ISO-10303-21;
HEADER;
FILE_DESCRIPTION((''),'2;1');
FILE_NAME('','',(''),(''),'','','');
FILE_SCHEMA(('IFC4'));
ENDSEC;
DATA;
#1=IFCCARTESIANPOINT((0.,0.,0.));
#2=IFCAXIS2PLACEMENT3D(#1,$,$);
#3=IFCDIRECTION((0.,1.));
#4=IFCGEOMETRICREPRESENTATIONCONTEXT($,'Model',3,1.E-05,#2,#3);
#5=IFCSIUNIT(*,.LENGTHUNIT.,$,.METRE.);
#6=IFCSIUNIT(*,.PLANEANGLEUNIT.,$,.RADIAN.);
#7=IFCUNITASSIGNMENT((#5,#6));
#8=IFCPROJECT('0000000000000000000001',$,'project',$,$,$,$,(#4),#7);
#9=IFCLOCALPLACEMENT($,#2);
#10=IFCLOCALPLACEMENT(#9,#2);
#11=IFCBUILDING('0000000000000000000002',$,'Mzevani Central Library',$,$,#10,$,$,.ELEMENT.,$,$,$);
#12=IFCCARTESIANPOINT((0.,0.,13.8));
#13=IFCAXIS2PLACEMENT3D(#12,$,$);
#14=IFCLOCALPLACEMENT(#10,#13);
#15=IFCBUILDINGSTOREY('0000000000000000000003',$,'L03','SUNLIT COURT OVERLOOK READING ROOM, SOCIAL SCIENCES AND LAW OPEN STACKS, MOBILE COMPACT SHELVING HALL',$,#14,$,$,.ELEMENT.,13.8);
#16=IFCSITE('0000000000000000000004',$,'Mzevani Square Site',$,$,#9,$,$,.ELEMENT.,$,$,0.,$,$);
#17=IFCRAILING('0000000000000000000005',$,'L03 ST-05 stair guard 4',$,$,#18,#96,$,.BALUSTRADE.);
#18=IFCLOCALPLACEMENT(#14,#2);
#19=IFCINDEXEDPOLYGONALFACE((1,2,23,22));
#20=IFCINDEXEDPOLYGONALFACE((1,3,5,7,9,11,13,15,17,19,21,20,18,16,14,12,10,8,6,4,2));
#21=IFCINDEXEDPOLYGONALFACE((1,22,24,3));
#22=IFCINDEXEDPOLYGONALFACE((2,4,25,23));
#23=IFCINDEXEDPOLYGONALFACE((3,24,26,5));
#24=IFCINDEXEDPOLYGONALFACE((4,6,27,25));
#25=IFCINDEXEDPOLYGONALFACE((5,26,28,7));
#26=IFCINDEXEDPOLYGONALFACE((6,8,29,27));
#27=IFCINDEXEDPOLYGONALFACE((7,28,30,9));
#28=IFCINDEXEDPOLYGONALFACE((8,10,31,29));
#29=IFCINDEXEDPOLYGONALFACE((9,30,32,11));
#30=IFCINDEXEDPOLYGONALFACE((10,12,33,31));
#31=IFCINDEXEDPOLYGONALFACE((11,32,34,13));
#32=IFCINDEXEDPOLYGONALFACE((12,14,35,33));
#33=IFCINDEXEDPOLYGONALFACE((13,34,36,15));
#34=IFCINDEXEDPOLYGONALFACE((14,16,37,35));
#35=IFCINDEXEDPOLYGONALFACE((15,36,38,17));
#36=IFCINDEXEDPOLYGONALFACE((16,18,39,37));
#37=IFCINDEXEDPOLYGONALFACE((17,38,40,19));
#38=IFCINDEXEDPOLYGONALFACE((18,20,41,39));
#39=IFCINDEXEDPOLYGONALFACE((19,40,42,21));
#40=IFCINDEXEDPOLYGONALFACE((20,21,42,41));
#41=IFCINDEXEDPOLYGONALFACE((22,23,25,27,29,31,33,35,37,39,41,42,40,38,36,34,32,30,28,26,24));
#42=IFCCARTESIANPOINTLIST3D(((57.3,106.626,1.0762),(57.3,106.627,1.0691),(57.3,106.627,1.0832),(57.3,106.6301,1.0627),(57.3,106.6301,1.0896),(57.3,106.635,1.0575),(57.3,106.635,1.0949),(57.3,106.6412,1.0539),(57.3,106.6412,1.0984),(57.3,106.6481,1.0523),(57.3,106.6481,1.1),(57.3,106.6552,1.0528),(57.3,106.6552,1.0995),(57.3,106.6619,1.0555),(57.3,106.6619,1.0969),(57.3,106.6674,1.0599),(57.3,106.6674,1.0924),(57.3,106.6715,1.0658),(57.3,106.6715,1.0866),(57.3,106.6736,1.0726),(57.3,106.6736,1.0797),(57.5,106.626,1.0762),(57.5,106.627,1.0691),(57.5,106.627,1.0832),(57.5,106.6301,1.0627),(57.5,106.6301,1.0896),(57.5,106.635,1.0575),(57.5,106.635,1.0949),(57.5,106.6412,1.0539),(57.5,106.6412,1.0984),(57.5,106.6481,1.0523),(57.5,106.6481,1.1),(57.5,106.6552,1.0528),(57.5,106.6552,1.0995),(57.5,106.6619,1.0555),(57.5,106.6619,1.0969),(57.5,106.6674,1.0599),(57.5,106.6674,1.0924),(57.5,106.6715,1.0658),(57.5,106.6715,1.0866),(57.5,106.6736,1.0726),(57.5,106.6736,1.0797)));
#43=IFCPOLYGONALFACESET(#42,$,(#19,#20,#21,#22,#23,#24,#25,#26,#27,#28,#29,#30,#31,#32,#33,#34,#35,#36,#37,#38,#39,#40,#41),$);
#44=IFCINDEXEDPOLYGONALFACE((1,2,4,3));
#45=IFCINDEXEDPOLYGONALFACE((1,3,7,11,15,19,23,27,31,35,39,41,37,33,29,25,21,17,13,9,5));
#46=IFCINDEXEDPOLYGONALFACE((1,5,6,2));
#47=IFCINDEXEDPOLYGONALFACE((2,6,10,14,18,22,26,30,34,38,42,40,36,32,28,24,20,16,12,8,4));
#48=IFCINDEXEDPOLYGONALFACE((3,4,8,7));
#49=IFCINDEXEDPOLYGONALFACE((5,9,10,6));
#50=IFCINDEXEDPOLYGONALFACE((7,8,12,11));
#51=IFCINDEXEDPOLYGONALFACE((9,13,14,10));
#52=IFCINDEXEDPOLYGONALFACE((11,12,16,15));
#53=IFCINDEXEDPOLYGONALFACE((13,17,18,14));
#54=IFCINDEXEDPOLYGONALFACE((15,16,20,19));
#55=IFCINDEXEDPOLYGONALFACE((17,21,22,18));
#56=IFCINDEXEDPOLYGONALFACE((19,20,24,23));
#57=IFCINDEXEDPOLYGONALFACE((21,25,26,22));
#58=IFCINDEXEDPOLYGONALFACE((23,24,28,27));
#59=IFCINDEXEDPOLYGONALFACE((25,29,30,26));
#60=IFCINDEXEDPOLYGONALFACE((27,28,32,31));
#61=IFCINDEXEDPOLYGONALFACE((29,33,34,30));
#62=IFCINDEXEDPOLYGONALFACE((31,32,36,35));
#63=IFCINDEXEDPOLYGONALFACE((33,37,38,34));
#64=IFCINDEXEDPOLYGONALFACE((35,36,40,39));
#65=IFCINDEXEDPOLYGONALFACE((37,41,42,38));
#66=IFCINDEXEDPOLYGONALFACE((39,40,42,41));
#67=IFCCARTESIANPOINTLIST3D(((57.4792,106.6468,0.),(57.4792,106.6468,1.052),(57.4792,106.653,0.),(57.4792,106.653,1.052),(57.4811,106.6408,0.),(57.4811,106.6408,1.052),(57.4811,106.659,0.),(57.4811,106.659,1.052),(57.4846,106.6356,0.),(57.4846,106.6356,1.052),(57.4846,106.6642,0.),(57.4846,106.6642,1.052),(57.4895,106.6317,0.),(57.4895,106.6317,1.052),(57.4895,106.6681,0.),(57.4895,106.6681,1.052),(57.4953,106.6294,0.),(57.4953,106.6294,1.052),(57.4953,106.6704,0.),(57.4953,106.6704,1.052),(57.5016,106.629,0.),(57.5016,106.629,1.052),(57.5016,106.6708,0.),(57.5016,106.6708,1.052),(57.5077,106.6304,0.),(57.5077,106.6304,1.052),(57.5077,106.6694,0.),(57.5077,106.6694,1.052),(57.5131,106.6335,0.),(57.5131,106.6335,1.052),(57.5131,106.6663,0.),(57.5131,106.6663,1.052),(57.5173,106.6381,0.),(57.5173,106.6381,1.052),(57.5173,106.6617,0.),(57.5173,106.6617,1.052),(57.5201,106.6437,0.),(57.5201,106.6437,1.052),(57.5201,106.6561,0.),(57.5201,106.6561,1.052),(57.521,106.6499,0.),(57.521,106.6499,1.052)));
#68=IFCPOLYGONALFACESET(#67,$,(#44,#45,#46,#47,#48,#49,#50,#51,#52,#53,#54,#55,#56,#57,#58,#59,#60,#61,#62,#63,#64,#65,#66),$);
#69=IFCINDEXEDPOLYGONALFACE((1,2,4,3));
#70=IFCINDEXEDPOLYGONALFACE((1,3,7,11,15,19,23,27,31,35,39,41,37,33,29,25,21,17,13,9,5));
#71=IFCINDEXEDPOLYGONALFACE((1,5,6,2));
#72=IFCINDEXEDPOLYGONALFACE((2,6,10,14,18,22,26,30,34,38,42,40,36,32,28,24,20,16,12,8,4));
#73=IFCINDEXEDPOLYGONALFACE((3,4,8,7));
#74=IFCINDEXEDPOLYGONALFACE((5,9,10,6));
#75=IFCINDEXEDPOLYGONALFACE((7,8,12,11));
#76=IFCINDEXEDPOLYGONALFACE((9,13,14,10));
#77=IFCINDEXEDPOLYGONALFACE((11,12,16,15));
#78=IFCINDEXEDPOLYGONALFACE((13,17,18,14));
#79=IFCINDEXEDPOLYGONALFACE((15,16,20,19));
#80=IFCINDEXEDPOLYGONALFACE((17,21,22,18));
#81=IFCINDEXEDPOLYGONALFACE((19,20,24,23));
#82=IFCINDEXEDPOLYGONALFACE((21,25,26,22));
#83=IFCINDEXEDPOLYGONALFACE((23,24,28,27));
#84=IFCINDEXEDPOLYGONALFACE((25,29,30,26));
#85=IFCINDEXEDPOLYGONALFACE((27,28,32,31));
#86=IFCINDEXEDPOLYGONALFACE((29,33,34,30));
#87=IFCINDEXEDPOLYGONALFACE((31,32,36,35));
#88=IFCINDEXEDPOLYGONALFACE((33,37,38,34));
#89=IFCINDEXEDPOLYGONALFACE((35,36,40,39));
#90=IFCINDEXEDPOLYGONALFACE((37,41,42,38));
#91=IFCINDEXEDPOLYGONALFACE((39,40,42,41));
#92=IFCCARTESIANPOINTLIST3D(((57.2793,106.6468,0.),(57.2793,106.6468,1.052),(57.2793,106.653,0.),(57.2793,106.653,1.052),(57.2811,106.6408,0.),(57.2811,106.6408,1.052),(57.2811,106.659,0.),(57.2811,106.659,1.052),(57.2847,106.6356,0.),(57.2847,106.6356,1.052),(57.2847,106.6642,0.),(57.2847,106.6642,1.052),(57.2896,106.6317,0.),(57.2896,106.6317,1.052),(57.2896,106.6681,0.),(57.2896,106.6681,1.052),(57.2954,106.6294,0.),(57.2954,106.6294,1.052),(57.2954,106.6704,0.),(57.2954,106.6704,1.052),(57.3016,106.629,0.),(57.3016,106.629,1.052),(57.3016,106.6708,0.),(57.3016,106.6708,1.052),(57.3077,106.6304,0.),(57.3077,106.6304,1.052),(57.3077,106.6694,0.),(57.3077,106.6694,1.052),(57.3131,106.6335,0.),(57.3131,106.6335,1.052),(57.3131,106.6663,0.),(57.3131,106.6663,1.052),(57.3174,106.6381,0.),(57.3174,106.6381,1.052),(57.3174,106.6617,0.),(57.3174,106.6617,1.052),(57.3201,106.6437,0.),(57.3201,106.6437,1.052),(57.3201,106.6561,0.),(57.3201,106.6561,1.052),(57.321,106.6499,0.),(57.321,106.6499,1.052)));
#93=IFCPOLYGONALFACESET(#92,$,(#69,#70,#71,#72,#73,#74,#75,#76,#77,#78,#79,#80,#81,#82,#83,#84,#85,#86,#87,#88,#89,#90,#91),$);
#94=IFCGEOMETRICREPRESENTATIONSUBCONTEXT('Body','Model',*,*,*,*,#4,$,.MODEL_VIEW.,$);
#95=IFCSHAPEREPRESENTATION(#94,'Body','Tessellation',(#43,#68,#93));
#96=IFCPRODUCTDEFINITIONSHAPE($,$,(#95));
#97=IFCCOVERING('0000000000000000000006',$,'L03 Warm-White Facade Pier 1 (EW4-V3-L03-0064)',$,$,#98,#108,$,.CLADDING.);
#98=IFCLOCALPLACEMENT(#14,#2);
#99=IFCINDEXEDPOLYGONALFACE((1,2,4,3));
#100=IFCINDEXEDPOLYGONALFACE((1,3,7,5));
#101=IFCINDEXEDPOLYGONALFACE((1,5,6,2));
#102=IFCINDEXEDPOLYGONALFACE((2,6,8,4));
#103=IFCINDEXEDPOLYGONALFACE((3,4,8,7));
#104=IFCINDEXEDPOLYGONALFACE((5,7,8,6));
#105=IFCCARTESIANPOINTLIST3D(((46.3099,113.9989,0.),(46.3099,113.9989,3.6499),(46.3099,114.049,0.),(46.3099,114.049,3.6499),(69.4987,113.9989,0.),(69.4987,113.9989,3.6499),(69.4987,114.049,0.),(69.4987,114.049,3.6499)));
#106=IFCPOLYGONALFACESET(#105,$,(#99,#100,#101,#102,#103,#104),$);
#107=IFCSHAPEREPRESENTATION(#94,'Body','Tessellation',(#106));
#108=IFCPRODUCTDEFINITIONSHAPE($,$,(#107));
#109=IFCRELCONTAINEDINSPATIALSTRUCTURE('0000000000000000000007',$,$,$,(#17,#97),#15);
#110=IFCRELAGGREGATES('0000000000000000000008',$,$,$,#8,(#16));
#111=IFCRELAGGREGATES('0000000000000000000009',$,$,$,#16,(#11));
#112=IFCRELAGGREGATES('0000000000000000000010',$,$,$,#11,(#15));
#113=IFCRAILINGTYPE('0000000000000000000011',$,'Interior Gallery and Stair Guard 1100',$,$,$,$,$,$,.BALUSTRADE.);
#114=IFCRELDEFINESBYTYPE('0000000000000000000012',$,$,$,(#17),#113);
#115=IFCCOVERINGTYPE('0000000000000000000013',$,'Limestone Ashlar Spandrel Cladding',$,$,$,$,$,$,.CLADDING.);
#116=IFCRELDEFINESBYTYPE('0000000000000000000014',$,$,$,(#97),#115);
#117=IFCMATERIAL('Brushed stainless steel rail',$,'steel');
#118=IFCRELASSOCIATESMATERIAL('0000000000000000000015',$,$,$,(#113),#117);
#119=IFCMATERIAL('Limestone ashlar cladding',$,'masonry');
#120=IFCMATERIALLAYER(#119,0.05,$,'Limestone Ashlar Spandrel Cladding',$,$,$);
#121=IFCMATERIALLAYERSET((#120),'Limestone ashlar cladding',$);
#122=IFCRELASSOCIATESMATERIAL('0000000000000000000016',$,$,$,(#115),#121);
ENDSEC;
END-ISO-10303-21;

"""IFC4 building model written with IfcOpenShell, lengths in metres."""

from ifc_helpers import new_model, si_unit, direction, frame, origin, origin_2d, place, context, subcontext, project, spatial, rectangle, circle, extrude, material, layer, layer_set, type_object, element, save


model = new_model("IFC4")

# Units and contexts
model_context = context("Model", 3, precision=1e-05, world=origin(), true_north=direction((0.0, 1.0)))
body_context = subcontext(model_context, "Body", "Model", "MODEL_VIEW")
ifc_project = project(units=[si_unit("LENGTHUNIT", "METRE"), si_unit("PLANEANGLEUNIT", "RADIAN")], contexts=[model_context])

# Site, building, storey
site_placement = place(None, origin())
site = spatial("IfcSite", under=ifc_project, at=site_placement, Name="Mzevani Square Site", CompositionType="ELEMENT", RefElevation=0.0)
building_placement = place(site_placement, origin())
building = spatial("IfcBuilding", under=site, at=building_placement, Name="Mzevani Central Library", CompositionType="ELEMENT")
storey_placement = place(building_placement, frame((0.0, 0.0, 13.8)))
storey = spatial("IfcBuildingStorey", under=building, at=storey_placement, Name="L03", Description="SUNLIT COURT OVERLOOK READING ROOM, SOCIAL SCIENCES AND LAW OPEN STACKS, MOBILE COMPACT SHELVING HALL", CompositionType="ELEMENT", Elevation=13.8)

# Railing
ifc_material_1 = material(Name="Brushed stainless steel rail", Category="steel")
railing_type_1 = type_object("IfcRailingType", Name="Interior Gallery and Stair Guard 1100", PredefinedType="BALUSTRADE", material=ifc_material_1)
railing_1_placement = place(storey_placement, frame((57.5, 106.6499, 0.0)))
element("IfcRailing", 1, at=railing_1_placement, inside=storey, type_object=railing_type_1, Name="L03 ST-05 stair guard 4", PredefinedType="BALUSTRADE", context=body_context, shape_type="SweptSolid", body=[
    extrude(circle(Radius=0.0239, at=origin_2d()), frame((0.0, 0.0, 1.0762), z_axis=(-1.0, 0.0, 0.0), x_axis=(0.0, -1.0, 0.0)), (0.0, 0.0, 1.0), 0.2),
    extrude(circle(Radius=0.021, at=origin_2d()), origin(), (0.0, 0.0, 1.0), 1.052),
    extrude(circle(Radius=0.021, at=origin_2d()), frame((-0.2, 0.0, 0.0)), (0.0, 0.0, 1.0), 1.052),
])

# Covering
ifc_material_2 = material(Name="Limestone ashlar cladding", Category="masonry")
ifc_layer_1 = layer(ifc_material_2, 0.05, Name="Limestone Ashlar Spandrel Cladding")
ifc_layer_set_1 = layer_set([ifc_layer_1], Name="Limestone ashlar cladding")
covering_type = type_object("IfcCoveringType", Name="Limestone Ashlar Spandrel Cladding", PredefinedType="CLADDING", material=ifc_layer_set_1)
covering_placement = place(storey_placement, frame((57.9043, 114.0239, 0.0), z_axis=(0.0, 0.0, 1.0), x_axis=(1.0, 0.0, 0.0)))
element("IfcCovering", 2, at=covering_placement, inside=storey, type_object=covering_type, Name="L03 Warm-White Facade Pier 1 (EW4-V3-L03-0064)", PredefinedType="CLADDING", context=body_context, shape_type="SweptSolid", body=[
    extrude(rectangle(XDim=23.1887, YDim=0.05, at=origin_2d()), origin(), (0.0, 0.0, 1.0), 3.6499),
])

save(model, "model.ifc")
